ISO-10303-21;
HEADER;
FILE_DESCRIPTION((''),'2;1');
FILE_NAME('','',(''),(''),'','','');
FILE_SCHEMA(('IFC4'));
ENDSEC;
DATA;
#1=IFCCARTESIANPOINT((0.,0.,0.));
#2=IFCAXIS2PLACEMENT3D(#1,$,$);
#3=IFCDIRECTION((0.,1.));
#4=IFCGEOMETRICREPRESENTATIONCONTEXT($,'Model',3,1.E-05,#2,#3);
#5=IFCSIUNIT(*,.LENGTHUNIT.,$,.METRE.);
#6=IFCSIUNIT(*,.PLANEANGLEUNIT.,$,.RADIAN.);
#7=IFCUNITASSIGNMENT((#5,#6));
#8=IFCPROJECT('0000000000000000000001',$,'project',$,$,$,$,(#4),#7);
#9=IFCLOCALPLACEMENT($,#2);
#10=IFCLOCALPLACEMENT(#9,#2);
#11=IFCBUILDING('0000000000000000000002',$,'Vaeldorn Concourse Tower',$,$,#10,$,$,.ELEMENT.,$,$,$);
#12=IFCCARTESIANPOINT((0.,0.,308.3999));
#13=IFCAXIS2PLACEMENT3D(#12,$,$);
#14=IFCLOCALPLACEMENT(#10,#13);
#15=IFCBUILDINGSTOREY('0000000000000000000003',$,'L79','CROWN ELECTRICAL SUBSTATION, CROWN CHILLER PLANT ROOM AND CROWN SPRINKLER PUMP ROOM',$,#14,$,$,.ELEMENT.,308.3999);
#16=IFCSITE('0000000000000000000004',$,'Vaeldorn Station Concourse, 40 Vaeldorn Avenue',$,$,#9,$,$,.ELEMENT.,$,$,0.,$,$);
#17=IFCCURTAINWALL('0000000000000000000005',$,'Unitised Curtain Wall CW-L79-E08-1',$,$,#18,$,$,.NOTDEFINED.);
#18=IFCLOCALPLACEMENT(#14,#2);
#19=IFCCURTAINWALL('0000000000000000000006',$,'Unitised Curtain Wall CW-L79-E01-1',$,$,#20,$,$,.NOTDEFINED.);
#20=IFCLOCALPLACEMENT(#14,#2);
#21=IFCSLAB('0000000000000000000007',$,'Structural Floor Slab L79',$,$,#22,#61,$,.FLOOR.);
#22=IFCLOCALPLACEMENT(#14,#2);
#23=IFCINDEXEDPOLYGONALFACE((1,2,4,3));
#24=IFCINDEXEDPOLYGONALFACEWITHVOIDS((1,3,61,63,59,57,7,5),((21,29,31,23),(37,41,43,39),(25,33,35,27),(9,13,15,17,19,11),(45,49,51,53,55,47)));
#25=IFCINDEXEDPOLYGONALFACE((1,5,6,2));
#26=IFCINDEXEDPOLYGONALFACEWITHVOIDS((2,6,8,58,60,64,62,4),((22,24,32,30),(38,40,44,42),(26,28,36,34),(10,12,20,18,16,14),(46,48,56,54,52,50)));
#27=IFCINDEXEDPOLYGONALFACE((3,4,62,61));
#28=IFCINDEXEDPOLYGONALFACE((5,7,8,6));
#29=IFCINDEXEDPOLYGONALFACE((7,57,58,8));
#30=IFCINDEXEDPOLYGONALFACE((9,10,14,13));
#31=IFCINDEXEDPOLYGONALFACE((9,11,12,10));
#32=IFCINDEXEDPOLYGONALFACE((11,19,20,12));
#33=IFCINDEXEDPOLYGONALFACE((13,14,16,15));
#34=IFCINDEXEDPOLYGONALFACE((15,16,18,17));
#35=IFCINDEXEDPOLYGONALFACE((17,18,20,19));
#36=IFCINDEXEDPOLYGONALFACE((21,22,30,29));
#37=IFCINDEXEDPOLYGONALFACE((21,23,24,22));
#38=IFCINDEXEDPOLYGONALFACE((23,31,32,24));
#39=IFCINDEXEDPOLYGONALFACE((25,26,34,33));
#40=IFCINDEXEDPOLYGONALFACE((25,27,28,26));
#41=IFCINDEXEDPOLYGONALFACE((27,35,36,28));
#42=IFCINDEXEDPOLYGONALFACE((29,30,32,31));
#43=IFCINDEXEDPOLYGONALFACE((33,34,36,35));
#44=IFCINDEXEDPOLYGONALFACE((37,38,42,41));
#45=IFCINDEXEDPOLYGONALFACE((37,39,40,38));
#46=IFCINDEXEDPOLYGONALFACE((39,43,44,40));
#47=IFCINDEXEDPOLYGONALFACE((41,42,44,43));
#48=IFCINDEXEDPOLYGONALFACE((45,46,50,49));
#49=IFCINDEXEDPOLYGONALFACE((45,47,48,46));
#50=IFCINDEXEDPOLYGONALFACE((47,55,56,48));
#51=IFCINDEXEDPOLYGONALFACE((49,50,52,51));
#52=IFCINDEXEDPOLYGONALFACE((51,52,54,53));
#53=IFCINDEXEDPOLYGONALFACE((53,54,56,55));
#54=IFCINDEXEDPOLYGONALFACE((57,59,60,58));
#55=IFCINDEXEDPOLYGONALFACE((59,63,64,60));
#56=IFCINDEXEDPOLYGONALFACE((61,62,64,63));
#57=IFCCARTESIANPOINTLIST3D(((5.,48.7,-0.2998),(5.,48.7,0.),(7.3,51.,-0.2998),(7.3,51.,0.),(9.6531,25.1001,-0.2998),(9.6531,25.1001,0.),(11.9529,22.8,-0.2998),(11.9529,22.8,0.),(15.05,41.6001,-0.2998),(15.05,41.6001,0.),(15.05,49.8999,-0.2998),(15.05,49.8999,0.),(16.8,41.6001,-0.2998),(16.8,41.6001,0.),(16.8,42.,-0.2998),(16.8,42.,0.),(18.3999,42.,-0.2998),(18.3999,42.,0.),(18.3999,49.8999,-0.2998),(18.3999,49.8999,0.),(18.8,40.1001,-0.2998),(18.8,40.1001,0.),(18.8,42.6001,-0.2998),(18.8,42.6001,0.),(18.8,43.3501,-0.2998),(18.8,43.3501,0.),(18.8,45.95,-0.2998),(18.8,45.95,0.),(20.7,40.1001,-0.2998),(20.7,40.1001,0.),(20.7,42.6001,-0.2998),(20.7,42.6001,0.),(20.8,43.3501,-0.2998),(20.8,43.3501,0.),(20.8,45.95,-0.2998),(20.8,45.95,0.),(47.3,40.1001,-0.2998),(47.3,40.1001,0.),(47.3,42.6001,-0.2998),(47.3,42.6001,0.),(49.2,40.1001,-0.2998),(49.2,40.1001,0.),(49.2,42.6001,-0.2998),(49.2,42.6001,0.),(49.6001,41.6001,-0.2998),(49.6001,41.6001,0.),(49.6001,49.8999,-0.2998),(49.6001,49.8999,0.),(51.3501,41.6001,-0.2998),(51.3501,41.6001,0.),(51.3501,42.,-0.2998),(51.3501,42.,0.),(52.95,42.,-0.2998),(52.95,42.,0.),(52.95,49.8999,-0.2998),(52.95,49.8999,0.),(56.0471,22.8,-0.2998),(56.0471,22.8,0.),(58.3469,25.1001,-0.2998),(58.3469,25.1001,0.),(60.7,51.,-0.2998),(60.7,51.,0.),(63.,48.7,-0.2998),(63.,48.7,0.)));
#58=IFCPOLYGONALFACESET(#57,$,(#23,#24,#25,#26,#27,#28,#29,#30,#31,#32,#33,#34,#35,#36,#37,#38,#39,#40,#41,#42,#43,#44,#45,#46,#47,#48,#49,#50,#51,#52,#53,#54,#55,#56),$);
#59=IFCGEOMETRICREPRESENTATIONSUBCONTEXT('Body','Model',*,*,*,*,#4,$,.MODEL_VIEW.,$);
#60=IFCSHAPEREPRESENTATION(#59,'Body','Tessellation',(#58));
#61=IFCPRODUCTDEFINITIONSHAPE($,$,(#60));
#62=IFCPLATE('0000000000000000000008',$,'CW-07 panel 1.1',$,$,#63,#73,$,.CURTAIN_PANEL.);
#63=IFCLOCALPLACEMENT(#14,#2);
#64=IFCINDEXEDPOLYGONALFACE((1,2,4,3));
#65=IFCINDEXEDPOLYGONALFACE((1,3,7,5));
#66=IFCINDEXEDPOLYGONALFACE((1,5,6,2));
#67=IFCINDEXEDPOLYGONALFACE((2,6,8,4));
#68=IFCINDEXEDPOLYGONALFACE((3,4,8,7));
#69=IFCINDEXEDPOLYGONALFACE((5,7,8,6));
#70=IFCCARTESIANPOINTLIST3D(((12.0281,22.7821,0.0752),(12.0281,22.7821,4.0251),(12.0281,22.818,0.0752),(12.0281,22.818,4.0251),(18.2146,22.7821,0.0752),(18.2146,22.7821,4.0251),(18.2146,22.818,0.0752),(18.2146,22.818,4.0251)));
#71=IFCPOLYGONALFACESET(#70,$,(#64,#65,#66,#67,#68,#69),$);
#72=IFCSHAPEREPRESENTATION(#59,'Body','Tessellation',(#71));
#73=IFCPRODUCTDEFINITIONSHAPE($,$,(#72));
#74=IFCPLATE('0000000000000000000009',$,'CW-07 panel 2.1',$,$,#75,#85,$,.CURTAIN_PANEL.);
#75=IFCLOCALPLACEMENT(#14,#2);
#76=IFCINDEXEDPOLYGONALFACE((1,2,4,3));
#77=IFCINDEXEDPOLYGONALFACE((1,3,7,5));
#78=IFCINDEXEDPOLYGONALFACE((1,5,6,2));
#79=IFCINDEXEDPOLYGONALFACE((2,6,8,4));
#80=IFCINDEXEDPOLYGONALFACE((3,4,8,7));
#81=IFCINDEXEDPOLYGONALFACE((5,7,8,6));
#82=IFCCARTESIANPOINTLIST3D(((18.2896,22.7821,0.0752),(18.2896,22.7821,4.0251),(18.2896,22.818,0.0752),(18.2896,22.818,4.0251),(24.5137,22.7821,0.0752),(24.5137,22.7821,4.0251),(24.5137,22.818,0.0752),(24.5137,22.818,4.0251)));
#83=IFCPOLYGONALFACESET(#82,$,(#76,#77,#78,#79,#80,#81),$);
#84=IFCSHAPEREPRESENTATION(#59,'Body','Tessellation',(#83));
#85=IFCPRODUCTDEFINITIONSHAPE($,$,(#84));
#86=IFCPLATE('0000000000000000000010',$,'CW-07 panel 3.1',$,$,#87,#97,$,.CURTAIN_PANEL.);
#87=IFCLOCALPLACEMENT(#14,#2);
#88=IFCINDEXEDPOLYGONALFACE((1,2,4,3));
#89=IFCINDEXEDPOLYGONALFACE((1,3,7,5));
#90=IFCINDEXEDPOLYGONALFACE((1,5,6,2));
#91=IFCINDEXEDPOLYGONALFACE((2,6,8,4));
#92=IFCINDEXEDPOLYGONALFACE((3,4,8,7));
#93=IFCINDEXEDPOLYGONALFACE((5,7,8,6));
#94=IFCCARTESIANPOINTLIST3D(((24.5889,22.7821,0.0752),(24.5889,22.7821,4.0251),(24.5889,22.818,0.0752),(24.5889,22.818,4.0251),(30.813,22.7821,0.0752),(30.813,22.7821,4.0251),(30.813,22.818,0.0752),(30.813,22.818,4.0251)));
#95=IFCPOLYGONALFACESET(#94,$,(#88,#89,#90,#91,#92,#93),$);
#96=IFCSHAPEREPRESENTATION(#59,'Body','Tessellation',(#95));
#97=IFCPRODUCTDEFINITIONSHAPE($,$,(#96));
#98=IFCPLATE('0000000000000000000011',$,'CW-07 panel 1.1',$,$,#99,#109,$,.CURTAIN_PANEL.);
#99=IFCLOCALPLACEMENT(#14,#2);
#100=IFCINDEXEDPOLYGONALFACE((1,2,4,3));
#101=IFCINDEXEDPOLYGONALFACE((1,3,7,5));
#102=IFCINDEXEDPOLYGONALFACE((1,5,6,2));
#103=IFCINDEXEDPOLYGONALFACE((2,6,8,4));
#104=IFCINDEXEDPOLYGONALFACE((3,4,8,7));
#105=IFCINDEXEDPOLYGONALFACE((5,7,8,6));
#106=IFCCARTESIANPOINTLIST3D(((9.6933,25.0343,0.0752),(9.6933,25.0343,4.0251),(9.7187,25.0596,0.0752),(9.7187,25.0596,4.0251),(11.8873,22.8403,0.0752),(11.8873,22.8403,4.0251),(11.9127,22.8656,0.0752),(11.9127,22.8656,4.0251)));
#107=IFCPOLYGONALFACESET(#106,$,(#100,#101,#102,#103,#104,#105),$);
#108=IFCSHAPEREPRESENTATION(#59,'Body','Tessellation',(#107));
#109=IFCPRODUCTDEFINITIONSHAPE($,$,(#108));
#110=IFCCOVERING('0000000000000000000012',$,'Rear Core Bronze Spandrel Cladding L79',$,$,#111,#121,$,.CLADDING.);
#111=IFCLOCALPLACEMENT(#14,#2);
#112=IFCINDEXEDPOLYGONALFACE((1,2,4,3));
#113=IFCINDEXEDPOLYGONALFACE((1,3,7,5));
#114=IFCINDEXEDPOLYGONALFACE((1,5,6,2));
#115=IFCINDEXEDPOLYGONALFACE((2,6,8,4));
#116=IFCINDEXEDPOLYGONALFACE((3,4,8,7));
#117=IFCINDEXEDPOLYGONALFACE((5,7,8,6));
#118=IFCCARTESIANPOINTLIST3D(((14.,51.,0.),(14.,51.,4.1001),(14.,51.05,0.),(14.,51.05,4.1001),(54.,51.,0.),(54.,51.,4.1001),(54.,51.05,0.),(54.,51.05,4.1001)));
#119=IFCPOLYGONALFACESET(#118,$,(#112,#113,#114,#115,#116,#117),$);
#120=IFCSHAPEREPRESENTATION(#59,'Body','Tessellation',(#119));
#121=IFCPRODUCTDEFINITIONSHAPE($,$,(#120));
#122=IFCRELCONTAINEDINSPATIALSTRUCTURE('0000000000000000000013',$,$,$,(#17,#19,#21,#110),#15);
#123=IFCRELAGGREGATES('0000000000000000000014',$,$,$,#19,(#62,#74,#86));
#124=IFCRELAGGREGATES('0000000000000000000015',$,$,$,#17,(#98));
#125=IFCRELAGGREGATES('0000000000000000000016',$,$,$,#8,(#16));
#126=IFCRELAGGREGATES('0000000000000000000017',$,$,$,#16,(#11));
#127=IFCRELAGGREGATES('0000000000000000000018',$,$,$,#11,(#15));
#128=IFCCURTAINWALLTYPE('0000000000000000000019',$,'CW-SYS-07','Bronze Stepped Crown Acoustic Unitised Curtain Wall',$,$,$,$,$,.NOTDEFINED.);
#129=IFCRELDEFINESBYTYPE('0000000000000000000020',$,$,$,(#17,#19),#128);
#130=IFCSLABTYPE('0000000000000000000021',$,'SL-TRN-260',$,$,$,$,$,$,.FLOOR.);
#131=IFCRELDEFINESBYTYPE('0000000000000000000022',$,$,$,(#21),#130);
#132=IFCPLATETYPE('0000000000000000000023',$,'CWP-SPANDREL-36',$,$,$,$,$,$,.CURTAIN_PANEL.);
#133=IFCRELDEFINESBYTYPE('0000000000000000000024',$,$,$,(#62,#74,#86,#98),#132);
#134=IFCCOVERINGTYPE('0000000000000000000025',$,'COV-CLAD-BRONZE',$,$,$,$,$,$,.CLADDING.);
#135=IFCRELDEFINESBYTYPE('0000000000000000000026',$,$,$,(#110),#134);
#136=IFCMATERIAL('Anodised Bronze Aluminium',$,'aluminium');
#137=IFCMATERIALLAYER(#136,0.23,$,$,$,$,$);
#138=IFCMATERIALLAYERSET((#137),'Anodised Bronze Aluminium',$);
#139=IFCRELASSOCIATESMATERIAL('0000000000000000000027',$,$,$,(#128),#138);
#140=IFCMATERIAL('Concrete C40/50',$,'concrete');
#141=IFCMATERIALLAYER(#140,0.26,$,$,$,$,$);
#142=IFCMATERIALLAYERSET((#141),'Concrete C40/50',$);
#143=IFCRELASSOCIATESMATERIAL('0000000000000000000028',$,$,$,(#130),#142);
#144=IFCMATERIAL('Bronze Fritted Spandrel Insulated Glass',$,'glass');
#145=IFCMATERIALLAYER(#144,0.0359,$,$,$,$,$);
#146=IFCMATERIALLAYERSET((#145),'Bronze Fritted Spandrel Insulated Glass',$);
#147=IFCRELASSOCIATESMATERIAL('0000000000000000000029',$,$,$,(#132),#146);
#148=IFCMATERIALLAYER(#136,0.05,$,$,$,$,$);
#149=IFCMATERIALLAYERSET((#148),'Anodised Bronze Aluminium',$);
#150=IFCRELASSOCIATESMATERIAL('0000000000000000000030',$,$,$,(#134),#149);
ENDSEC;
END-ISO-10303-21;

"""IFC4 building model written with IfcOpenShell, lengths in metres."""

from ifc_helpers import new_model, si_unit, direction, frame, origin, origin_2d, place, context, subcontext, project, spatial, polyline, rectangle, outline, extrude, source, transform, mapped, material, layer, layer_set, type_object, element, aggregate, save


model = new_model("IFC4")

# Units and contexts
model_context = context("Model", 3, precision=1e-05, world=origin(), true_north=direction((0.0, 1.0)))
body_context = subcontext(model_context, "Body", "Model", "MODEL_VIEW")
ifc_project = project(units=[si_unit("LENGTHUNIT", "METRE"), si_unit("PLANEANGLEUNIT", "RADIAN")], contexts=[model_context])

# Site, building, storey
site_placement = place(None, origin())
site = spatial("IfcSite", under=ifc_project, at=site_placement, Name="Vaeldorn Station Concourse, 40 Vaeldorn Avenue", CompositionType="ELEMENT", RefElevation=0.0)
building_placement = place(site_placement, origin())
building = spatial("IfcBuilding", under=site, at=building_placement, Name="Vaeldorn Concourse Tower", CompositionType="ELEMENT")
storey_placement = place(building_placement, frame((0.0, 0.0, 308.3999)))
storey = spatial("IfcBuildingStorey", under=building, at=storey_placement, Name="L79", Description="CROWN ELECTRICAL SUBSTATION, CROWN CHILLER PLANT ROOM AND CROWN SPRINKLER PUMP ROOM", CompositionType="ELEMENT", Elevation=308.3999)

# Curtain walls
ifc_material_1 = material(Name="Anodised Bronze Aluminium", Category="aluminium")
ifc_layer_1 = layer(ifc_material_1, 0.23)
ifc_layer_set_1 = layer_set([ifc_layer_1], Name="Anodised Bronze Aluminium")
curtain_wall_type = type_object("IfcCurtainWallType", Name="CW-SYS-07", Description="Bronze Stepped Crown Acoustic Unitised Curtain Wall", PredefinedType="NOTDEFINED", material=ifc_layer_set_1)
curtain_wall_1_placement = place(storey_placement, origin())
curtain_wall_1 = element("IfcCurtainWall", 1, at=curtain_wall_1_placement, inside=storey, type_object=curtain_wall_type, Name="Unitised Curtain Wall CW-L79-E08-1", PredefinedType="NOTDEFINED")
curtain_wall_2_placement = place(storey_placement, origin())
curtain_wall_2 = element("IfcCurtainWall", 2, at=curtain_wall_2_placement, inside=storey, type_object=curtain_wall_type, Name="Unitised Curtain Wall CW-L79-E01-1", PredefinedType="NOTDEFINED")

# Shared definitions
ifc_material_2 = material(Name="Concrete C40/50", Category="concrete")

# Slab
ifc_layer_2 = layer(ifc_material_2, 0.26)
ifc_layer_set_2 = layer_set([ifc_layer_2], Name="Concrete C40/50")
slab_type_1 = type_object("IfcSlabType", Name="SL-TRN-260", PredefinedType="FLOOR", material=ifc_layer_set_2)
slab_1_placement = place(storey_placement, frame((0.0, 0.0, -0.2998)))
element("IfcSlab", 3, at=slab_1_placement, inside=storey, type_object=slab_type_1, Name="Structural Floor Slab L79", PredefinedType="FLOOR", context=body_context, shape_type="SweptSolid", body=[
    extrude(outline(polyline([(11.9529, 22.8), (56.0471, 22.8), (58.3469, 25.1001), (63.0, 48.7), (60.7, 51.0), (7.3, 51.0), (5.0, 48.7), (9.6531, 25.1001), (11.9529, 22.8)]), holes=[polyline([(18.3999, 42.0), (18.3999, 49.8999), (15.05, 49.8999), (15.05, 41.6001), (16.8, 41.6001), (16.8, 42.0), (18.3999, 42.0)]), polyline([(52.95, 42.0), (52.95, 49.8999), (49.6001, 49.8999), (49.6001, 41.6001), (51.3501, 41.6001), (51.3501, 42.0), (52.95, 42.0)]), polyline([(18.8, 43.3501), (20.8, 43.3501), (20.8, 45.95), (18.8, 45.95), (18.8, 43.3501)]), polyline([(18.8, 40.1001), (20.7, 40.1001), (20.7, 42.6001), (18.8, 42.6001), (18.8, 40.1001)]), polyline([(47.3, 40.1001), (49.2, 40.1001), (49.2, 42.6001), (47.3, 42.6001), (47.3, 40.1001)])]), origin(), (0.0, 0.0, 1.0), 0.2998),
])

# Plates
ifc_material_3 = material(Name="Bronze Fritted Spandrel Insulated Glass", Category="glass")
ifc_layer_3 = layer(ifc_material_3, 0.0359)
ifc_layer_set_3 = layer_set([ifc_layer_3], Name="Bronze Fritted Spandrel Insulated Glass")
plate_type = type_object("IfcPlateType", Name="CWP-SPANDREL-36", PredefinedType="CURTAIN_PANEL", material=ifc_layer_set_3)
shared_shape_1 = source(origin(), body_context, "Body", "SweptSolid", [
    extrude(rectangle(XDim=6.1865, YDim=0.0359, at=origin_2d()), origin(), (0.0, 0.0, 1.0), 3.95),
])
plate_1_placement = place(storey_placement, frame((15.1213, 22.8, 0.0752), z_axis=(0.0, 0.0, 1.0), x_axis=(1.0, 0.0, 0.0)))
plate_1 = element("IfcPlate", 4, at=plate_1_placement, type_object=plate_type, Name="CW-07 panel 1.1", PredefinedType="CURTAIN_PANEL", context=body_context, shape_type="MappedRepresentation", body=[
    mapped(shared_shape_1, transform((0.0, 0.0, 0.0), scale=1.0)),
])
shared_shape_2 = source(origin(), body_context, "Body", "SweptSolid", [
    extrude(rectangle(XDim=6.2241, YDim=0.0359, at=origin_2d()), origin(), (0.0, 0.0, 1.0), 3.95),
])
plate_2_placement = place(storey_placement, frame((21.4016, 22.8, 0.0752), z_axis=(0.0, 0.0, 1.0), x_axis=(1.0, 0.0, 0.0)))
plate_2 = element("IfcPlate", 5, at=plate_2_placement, type_object=plate_type, Name="CW-07 panel 2.1", PredefinedType="CURTAIN_PANEL", context=body_context, shape_type="MappedRepresentation", body=[
    mapped(shared_shape_2, transform((0.0, 0.0, 0.0), scale=1.0)),
])
plate_3_placement = place(storey_placement, frame((27.7009, 22.8, 0.0752), z_axis=(0.0, 0.0, 1.0), x_axis=(1.0, 0.0, 0.0)))
plate_3 = element("IfcPlate", 6, at=plate_3_placement, type_object=plate_type, Name="CW-07 panel 3.1", PredefinedType="CURTAIN_PANEL", context=body_context, shape_type="MappedRepresentation", body=[
    mapped(shared_shape_2, transform((0.0, 0.0, 0.0), scale=1.0)),
])
aggregate(curtain_wall_2, [plate_1, plate_2, plate_3])
shared_shape_3 = source(origin(), body_context, "Body", "SweptSolid", [
    extrude(rectangle(XDim=3.1028, YDim=0.0359, at=origin_2d()), origin(), (0.0, 0.0, 1.0), 3.95),
])
plate_4_placement = place(storey_placement, frame((10.803, 23.95, 0.0752), z_axis=(0.0, 0.0, 1.0), x_axis=(0.707107, -0.707107, 0.0)))
plate_4 = element("IfcPlate", 7, at=plate_4_placement, type_object=plate_type, Name="CW-07 panel 1.1", PredefinedType="CURTAIN_PANEL", context=body_context, shape_type="MappedRepresentation", body=[
    mapped(shared_shape_3, transform((0.0, 0.0, 0.0), scale=1.0)),
])
aggregate(curtain_wall_1, [plate_4])

# Covering
ifc_layer_4 = layer(ifc_material_1, 0.05)
ifc_layer_set_4 = layer_set([ifc_layer_4], Name="Anodised Bronze Aluminium")
covering_type = type_object("IfcCoveringType", Name="COV-CLAD-BRONZE", PredefinedType="CLADDING", material=ifc_layer_set_4)
covering_placement = place(storey_placement, origin())
element("IfcCovering", 8, at=covering_placement, inside=storey, type_object=covering_type, Name="Rear Core Bronze Spandrel Cladding L79", PredefinedType="CLADDING", context=body_context, shape_type="SweptSolid", body=[
    extrude(outline(polyline([(14.0, 51.0), (54.0, 51.0), (54.0, 51.05), (14.0, 51.05), (14.0, 51.0)])), origin(), (0.0, 0.0, 1.0), 4.1001),
])

save(model, "model.ifc")
